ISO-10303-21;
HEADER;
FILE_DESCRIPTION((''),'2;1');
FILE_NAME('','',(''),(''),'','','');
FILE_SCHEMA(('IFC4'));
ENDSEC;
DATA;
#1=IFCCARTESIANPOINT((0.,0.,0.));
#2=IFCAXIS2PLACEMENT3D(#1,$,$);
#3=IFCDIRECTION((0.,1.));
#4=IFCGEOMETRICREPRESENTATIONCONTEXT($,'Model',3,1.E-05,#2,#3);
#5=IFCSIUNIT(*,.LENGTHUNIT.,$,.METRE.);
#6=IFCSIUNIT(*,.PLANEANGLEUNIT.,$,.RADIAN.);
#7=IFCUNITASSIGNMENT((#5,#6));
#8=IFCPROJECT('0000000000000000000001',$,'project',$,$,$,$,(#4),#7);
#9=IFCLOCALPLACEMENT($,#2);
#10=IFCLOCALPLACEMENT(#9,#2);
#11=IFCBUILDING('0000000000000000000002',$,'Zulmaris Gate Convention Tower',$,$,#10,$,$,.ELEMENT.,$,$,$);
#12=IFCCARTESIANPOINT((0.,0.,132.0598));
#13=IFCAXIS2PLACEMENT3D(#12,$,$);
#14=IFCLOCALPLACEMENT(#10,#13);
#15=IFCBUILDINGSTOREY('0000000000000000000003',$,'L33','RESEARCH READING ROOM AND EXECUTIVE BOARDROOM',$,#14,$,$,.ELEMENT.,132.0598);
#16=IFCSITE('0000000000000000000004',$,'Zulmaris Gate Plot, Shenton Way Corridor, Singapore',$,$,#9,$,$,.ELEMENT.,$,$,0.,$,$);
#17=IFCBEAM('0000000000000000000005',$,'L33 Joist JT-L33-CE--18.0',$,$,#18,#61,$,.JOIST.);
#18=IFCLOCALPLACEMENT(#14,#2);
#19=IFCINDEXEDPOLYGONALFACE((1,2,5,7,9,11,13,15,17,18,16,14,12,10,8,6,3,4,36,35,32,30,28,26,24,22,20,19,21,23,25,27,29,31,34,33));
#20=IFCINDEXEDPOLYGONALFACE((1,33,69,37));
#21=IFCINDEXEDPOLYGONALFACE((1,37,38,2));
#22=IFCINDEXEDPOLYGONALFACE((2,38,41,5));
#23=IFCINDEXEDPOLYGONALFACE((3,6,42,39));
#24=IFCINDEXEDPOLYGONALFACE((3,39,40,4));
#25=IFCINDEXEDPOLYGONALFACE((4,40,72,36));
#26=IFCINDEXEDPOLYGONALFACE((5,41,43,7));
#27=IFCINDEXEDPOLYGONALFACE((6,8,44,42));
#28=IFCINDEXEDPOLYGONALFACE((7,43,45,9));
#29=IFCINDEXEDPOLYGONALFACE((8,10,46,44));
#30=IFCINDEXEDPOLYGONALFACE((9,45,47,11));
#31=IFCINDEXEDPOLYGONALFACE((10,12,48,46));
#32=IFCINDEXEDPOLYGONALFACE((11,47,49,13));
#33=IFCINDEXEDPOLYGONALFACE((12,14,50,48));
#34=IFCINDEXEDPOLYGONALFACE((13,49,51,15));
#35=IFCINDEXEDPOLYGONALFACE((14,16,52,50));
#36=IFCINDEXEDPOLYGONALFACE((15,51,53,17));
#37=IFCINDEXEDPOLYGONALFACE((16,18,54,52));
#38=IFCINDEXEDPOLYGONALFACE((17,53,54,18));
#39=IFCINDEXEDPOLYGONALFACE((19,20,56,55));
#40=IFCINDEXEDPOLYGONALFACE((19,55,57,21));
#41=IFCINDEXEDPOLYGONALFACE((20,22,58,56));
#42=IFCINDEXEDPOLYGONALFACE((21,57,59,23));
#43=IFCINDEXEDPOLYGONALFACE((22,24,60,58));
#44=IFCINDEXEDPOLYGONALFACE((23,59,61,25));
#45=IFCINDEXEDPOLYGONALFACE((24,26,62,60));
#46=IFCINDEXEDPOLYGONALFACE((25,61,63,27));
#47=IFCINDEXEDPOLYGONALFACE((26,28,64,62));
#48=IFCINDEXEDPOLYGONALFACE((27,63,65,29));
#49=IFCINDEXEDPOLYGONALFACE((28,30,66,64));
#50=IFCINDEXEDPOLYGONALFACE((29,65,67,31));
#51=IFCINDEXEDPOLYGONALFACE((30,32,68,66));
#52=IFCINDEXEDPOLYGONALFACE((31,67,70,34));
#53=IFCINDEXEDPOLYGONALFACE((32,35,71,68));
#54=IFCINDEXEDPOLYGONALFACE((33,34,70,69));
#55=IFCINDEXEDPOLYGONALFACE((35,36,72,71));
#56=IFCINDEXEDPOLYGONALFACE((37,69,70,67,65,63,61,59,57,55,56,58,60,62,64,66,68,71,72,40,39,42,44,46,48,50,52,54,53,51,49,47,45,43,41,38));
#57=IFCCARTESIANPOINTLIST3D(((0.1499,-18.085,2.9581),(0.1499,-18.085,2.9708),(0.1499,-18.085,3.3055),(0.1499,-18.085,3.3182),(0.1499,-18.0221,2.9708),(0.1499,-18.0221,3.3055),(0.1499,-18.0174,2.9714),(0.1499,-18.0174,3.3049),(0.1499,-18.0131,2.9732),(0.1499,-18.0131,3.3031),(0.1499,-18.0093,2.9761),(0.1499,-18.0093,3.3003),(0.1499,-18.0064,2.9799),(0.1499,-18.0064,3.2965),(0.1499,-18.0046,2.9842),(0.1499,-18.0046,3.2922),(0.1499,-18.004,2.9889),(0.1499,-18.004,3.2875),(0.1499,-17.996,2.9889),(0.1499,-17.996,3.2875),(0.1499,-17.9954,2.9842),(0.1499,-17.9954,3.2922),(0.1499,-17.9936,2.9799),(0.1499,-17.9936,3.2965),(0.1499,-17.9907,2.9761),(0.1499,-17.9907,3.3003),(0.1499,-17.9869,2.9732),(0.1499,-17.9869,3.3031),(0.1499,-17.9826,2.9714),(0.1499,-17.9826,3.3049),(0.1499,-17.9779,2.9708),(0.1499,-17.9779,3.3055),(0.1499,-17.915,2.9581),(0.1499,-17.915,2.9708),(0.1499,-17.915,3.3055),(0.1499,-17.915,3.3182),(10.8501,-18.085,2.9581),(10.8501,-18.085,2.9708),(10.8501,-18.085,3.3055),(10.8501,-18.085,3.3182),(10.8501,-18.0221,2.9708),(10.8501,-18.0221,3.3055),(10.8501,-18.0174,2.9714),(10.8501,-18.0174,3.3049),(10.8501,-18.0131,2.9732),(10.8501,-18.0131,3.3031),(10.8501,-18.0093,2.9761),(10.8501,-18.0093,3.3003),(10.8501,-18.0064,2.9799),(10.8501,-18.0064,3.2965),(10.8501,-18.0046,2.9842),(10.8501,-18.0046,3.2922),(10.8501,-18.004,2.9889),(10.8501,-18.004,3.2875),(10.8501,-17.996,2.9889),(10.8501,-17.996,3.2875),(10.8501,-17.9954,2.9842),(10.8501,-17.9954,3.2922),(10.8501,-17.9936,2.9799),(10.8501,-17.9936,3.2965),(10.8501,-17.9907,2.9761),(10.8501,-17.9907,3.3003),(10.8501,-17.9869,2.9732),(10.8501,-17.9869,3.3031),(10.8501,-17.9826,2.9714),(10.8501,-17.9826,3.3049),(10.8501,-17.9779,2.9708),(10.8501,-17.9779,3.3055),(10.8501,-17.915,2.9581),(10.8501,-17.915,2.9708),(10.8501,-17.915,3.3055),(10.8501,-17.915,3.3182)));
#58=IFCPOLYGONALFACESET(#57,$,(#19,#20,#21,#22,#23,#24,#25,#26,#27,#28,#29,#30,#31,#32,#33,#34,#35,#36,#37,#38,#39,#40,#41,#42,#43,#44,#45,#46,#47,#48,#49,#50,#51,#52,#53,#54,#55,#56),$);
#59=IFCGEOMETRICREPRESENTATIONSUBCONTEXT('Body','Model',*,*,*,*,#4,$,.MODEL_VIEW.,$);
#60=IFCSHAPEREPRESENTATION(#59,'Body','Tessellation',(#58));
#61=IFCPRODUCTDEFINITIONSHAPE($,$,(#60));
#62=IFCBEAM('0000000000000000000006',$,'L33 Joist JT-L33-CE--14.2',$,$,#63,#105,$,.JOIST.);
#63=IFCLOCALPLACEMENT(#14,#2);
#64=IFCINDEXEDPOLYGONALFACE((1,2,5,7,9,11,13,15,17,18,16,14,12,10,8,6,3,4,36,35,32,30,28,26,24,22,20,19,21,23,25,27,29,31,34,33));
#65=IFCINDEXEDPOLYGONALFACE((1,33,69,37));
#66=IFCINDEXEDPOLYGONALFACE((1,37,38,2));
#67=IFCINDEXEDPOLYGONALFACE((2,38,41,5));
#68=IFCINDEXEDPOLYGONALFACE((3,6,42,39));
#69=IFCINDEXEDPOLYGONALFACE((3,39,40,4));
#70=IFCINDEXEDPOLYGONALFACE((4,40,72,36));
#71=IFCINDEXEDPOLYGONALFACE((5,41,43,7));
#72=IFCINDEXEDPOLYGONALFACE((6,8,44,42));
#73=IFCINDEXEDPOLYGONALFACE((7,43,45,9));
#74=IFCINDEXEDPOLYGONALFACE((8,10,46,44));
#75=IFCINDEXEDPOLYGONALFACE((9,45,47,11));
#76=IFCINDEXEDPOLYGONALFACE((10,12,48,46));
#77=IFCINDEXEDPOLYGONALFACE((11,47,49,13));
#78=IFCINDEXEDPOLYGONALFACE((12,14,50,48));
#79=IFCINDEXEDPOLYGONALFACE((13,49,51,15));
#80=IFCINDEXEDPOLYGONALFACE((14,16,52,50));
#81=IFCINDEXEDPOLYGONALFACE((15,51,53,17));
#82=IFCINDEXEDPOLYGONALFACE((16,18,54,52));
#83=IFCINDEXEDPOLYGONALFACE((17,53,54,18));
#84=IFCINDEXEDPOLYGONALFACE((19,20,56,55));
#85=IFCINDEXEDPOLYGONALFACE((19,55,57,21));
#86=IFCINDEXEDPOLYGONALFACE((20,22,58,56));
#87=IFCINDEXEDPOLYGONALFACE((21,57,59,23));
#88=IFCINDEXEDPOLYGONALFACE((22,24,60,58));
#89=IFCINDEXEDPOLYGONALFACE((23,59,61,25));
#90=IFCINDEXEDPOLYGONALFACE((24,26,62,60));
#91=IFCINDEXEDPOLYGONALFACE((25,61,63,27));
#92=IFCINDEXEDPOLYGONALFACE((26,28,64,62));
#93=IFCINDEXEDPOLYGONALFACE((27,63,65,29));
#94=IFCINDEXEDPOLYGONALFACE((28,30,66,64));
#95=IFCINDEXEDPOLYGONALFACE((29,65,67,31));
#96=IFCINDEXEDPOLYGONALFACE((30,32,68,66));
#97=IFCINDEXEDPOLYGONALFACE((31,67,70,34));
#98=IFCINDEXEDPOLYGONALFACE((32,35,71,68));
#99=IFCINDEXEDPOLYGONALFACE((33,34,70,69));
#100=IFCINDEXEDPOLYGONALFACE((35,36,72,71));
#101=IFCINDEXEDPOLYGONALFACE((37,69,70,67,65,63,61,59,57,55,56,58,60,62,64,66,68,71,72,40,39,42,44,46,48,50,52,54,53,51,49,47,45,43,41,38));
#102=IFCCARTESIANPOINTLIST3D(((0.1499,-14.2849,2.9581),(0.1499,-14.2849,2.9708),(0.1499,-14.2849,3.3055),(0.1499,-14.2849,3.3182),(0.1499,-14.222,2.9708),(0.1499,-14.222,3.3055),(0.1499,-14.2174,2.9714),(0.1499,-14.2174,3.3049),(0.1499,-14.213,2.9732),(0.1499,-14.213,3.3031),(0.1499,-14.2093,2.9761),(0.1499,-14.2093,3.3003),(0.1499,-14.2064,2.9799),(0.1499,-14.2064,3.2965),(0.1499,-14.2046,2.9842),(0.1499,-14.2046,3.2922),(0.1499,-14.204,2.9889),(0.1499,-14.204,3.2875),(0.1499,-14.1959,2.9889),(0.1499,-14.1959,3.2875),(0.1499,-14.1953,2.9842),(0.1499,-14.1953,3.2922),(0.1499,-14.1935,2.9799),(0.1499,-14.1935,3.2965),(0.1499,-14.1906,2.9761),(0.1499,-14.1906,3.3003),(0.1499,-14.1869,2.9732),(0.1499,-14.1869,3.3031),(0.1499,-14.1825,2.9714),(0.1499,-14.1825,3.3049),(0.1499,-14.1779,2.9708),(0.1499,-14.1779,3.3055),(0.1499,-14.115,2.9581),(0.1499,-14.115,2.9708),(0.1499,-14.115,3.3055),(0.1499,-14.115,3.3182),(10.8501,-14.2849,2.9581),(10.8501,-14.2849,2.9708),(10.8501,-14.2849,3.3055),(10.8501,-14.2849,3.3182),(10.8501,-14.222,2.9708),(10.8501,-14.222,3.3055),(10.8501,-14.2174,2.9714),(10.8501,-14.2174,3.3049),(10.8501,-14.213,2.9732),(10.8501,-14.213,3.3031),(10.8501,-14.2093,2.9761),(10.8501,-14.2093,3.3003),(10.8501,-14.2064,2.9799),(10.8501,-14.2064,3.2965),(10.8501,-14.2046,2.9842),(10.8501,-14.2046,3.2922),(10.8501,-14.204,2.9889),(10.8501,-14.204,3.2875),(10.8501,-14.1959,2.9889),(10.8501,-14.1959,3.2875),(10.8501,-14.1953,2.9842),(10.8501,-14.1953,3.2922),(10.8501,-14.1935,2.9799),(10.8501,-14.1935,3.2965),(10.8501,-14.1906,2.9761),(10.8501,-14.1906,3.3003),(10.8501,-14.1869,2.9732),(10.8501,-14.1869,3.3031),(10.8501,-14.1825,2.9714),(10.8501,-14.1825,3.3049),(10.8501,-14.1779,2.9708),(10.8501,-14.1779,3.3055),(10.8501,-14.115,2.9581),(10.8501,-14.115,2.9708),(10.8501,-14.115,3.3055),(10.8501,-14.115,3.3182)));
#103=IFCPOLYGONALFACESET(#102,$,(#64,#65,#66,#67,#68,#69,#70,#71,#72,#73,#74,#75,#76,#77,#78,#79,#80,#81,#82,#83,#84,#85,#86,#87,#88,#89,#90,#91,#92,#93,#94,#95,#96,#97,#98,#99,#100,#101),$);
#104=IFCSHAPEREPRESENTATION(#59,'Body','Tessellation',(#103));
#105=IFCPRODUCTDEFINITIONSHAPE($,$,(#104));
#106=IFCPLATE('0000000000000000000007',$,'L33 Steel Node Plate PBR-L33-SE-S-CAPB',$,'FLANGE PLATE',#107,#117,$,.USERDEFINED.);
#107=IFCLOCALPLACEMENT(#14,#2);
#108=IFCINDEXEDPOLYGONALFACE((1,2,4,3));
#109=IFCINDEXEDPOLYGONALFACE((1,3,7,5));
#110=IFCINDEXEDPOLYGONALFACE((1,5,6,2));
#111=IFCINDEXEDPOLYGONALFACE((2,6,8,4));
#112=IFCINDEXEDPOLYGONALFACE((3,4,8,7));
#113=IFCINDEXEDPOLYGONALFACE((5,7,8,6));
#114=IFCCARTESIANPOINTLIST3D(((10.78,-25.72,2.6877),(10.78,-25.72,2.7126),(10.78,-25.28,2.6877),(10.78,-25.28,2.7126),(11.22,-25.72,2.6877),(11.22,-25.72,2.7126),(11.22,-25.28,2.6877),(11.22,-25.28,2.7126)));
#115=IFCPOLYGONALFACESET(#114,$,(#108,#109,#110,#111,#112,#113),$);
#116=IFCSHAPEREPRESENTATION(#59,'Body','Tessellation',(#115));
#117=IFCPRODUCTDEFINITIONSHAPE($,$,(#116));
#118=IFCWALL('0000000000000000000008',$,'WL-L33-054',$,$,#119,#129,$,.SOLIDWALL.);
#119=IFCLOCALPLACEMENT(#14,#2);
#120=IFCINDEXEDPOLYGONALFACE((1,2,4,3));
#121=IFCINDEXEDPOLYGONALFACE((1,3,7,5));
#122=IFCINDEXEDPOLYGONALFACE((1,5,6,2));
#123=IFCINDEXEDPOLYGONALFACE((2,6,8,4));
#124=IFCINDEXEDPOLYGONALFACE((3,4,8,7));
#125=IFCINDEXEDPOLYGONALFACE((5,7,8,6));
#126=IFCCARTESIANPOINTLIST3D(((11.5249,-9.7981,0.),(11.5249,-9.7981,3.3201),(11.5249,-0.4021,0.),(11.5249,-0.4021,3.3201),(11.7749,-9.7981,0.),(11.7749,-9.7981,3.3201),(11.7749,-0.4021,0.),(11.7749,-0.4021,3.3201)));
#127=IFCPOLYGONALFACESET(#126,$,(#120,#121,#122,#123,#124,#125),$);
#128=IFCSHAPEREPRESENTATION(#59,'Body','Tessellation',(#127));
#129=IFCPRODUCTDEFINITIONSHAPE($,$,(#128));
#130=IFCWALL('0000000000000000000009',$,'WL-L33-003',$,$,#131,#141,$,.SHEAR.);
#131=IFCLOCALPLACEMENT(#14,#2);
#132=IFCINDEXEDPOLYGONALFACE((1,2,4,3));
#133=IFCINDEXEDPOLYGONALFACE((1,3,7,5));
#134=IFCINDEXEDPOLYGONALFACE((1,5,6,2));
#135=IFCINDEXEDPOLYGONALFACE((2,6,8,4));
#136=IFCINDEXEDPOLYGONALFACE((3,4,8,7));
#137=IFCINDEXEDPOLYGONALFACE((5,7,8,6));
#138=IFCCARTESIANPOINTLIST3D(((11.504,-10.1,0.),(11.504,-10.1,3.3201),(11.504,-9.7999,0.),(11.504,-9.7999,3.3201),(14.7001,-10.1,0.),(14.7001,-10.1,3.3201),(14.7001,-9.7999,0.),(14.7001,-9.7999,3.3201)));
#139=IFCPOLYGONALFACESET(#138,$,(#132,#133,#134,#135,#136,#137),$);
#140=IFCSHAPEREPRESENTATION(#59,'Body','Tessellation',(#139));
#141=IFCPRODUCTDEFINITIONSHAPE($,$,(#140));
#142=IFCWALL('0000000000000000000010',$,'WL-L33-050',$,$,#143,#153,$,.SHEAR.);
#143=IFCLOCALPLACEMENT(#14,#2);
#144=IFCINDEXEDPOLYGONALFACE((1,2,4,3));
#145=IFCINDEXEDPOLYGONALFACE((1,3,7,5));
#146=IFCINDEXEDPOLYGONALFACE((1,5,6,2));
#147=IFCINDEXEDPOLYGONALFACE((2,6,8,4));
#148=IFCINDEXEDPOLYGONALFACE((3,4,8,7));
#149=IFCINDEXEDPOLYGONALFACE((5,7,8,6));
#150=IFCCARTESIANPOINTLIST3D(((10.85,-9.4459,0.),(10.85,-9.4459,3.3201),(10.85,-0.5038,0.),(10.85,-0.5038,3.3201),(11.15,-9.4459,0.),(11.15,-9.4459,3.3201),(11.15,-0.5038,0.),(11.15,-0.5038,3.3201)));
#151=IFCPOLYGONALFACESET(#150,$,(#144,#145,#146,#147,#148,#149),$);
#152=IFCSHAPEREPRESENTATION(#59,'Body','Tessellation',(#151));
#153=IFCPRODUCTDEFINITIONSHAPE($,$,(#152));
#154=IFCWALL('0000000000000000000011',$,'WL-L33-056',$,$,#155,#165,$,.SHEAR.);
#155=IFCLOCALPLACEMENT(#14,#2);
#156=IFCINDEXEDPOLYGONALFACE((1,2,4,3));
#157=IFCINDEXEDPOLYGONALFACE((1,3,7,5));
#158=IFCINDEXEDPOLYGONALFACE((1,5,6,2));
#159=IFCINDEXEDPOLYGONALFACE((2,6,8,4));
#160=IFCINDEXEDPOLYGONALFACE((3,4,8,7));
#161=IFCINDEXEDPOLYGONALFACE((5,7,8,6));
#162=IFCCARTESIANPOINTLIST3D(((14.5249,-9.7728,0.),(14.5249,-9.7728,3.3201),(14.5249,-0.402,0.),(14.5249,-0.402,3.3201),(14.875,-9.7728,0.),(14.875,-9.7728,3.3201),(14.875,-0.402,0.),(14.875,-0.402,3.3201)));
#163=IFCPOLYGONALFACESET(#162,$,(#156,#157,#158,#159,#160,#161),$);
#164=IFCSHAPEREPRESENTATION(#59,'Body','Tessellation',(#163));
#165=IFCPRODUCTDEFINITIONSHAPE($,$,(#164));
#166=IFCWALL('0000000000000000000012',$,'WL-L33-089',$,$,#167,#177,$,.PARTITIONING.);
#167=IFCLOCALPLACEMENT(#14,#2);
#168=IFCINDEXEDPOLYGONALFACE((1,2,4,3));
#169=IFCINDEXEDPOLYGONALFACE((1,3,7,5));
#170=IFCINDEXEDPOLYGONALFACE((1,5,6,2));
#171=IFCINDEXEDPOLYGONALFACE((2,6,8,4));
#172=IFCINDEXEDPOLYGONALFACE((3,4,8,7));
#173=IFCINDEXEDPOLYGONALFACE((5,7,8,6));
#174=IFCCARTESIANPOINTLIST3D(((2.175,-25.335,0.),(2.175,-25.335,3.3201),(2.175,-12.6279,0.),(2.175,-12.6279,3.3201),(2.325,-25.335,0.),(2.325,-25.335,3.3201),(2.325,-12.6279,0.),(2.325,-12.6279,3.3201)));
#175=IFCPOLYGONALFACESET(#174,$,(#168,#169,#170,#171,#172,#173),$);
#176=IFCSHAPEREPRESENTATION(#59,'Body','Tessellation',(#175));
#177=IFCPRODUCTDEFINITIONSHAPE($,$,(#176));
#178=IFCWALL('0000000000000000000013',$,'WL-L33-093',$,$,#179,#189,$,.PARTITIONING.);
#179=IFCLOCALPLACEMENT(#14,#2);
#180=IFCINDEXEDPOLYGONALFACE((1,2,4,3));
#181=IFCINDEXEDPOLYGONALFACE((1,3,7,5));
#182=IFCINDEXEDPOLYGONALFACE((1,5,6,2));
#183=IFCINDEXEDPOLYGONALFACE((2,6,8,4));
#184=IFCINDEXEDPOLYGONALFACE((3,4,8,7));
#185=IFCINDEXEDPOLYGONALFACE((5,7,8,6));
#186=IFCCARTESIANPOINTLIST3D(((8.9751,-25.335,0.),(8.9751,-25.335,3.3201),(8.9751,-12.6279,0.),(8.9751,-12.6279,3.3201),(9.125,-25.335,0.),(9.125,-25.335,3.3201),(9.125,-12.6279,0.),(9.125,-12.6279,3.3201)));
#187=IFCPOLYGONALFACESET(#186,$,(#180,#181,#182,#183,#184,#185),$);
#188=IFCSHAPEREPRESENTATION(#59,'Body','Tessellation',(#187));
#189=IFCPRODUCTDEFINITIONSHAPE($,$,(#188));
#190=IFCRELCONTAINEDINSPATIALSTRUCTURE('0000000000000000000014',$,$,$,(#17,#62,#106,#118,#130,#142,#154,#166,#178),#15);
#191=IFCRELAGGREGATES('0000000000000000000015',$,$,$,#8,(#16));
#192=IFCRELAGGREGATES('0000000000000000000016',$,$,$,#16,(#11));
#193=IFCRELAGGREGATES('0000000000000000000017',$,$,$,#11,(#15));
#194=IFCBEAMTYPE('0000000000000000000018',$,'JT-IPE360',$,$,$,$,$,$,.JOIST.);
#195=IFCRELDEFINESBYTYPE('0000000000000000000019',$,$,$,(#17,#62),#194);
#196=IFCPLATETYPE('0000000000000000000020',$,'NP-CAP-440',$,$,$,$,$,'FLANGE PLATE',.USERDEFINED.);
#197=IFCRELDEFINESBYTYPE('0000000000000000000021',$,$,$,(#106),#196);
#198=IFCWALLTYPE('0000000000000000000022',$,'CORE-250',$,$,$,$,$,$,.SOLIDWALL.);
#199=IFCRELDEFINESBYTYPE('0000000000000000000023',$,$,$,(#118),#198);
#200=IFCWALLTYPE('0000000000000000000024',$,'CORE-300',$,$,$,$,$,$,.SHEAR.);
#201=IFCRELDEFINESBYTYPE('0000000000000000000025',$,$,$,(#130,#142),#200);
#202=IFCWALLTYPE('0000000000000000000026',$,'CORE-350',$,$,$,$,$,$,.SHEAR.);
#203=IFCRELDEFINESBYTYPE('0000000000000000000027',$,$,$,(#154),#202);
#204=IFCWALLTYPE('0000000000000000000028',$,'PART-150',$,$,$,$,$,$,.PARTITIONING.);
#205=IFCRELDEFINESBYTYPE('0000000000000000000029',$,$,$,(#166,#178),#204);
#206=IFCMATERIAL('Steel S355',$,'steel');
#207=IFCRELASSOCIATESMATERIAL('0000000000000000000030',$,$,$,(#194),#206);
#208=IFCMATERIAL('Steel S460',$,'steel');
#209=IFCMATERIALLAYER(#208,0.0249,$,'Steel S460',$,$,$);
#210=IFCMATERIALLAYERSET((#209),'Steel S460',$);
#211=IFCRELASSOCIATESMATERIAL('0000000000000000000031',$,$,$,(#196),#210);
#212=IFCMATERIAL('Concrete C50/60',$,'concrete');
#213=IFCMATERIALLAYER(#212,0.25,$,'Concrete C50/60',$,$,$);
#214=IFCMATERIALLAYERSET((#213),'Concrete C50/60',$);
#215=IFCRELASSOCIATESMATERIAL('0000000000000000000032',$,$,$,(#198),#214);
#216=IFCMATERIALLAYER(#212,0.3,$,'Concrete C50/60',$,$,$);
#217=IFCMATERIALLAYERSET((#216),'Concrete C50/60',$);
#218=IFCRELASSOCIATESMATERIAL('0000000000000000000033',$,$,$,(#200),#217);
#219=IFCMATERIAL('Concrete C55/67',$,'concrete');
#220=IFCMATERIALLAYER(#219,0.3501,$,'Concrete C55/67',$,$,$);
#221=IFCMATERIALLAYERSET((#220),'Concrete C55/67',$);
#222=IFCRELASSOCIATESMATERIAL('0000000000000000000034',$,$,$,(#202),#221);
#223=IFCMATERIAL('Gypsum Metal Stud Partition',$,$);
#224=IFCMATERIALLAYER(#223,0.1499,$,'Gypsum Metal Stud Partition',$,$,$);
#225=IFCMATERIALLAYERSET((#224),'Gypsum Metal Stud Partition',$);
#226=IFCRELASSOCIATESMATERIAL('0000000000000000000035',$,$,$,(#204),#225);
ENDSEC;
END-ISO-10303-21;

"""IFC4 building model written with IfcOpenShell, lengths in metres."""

from ifc_helpers import new_model, si_unit, direction, frame, frame_2d, origin, origin_2d, place, context, subcontext, project, spatial, rectangle, i_section, extrude, material, layer, layer_set, material_profile, profile_set, type_object, element, save


model = new_model("IFC4")

# Units and contexts
model_context = context("Model", 3, precision=1e-05, world=origin(), true_north=direction((0.0, 1.0)))
body_context = subcontext(model_context, "Body", "Model", "MODEL_VIEW")
ifc_project = project(units=[si_unit("LENGTHUNIT", "METRE"), si_unit("PLANEANGLEUNIT", "RADIAN")], contexts=[model_context])

# Site, building, storey
site_placement = place(None, origin())
site = spatial("IfcSite", under=ifc_project, at=site_placement, Name="Zulmaris Gate Plot, Shenton Way Corridor, Singapore", CompositionType="ELEMENT", RefElevation=0.0)
building_placement = place(site_placement, origin())
building = spatial("IfcBuilding", under=site, at=building_placement, Name="Zulmaris Gate Convention Tower", CompositionType="ELEMENT")
storey_placement = place(building_placement, frame((0.0, 0.0, 132.0598)))
storey = spatial("IfcBuildingStorey", under=building, at=storey_placement, Name="L33", Description="RESEARCH READING ROOM AND EXECUTIVE BOARDROOM", CompositionType="ELEMENT", Elevation=132.0598)

# Beams
ifc_material_1 = material(Name="Steel S355", Category="steel")
ifc_material_profile_1 = material_profile(ifc_material_1, i_section(OverallWidth=0.1699, OverallDepth=0.3601, WebThickness=0.0081, FlangeThickness=0.0127, FilletRadius=0.0181, at=origin_2d()), Name="IPE 360")
ifc_profile_set_1 = profile_set([ifc_material_profile_1], Name="Steel S355")
beam_type_1 = type_object("IfcBeamType", Name="JT-IPE360", PredefinedType="JOIST", material=ifc_profile_set_1)
for number, where, z_axis, x_axis, name in (
    (1, (0.1499, -18.0, 3.1382), (1.0, 0.0, 0.0), (0.0, 1.0, 0.0), "L33 Joist JT-L33-CE--18.0"),
    (2, (0.1499, -14.2, 3.1382), (1.0, 0.0, 0.0), (0.0, 1.0, 0.0), "L33 Joist JT-L33-CE--14.2"),
):
    element("IfcBeam", number, at=place(storey_placement, frame(where, z_axis=z_axis, x_axis=x_axis)), inside=storey, type_object=beam_type_1, Name=name, PredefinedType="JOIST", context=body_context, shape_type="SweptSolid", body=[
        extrude(i_section(OverallWidth=0.1699, OverallDepth=0.3601, WebThickness=0.0081, FlangeThickness=0.0127, FilletRadius=0.0181, at=origin_2d()), origin(), (0.0, 0.0, 1.0), 10.7002),
    ])

# Plate
ifc_material_2 = material(Name="Steel S460", Category="steel")
ifc_layer_1 = layer(ifc_material_2, 0.0249, Name="Steel S460")
ifc_layer_set_1 = layer_set([ifc_layer_1], Name="Steel S460")
plate_type = type_object("IfcPlateType", Name="NP-CAP-440", ElementType="FLANGE PLATE", PredefinedType="USERDEFINED", material=ifc_layer_set_1)
plate_placement = place(storey_placement, frame((11.0, -25.5, 2.6877), z_axis=(0.0, 0.0, 1.0), x_axis=(1.0, 0.0, 0.0)))
element("IfcPlate", 3, at=plate_placement, inside=storey, type_object=plate_type, Name="L33 Steel Node Plate PBR-L33-SE-S-CAPB", ObjectType="FLANGE PLATE", PredefinedType="USERDEFINED", context=body_context, shape_type="SweptSolid", body=[
    extrude(rectangle(XDim=0.4399, YDim=0.4399, at=origin_2d()), origin(), (0.0, 0.0, 1.0), 0.0249),
])

# Walls
ifc_material_3 = material(Name="Concrete C50/60", Category="concrete")
ifc_layer_2 = layer(ifc_material_3, 0.25, Name="Concrete C50/60")
ifc_layer_set_2 = layer_set([ifc_layer_2], Name="Concrete C50/60")
wall_type_1 = type_object("IfcWallType", Name="CORE-250", PredefinedType="SOLIDWALL", material=ifc_layer_set_2)
wall_1_placement = place(storey_placement, frame((11.6499, -9.7981, 0.0), z_axis=(0.0, 0.0, 1.0), x_axis=(0.0, 1.0, 0.0)))
element("IfcWall", 4, at=wall_1_placement, inside=storey, type_object=wall_type_1, Name="WL-L33-054", PredefinedType="SOLIDWALL", context=body_context, shape_type="SweptSolid", body=[
    extrude(rectangle(XDim=9.396, YDim=0.25, at=frame_2d((4.698, 0.0))), origin(), (0.0, 0.0, 1.0), 3.3201),
])
ifc_layer_3 = layer(ifc_material_3, 0.3, Name="Concrete C50/60")
ifc_layer_set_3 = layer_set([ifc_layer_3], Name="Concrete C50/60")
wall_type_2 = type_object("IfcWallType", Name="CORE-300", PredefinedType="SHEAR", material=ifc_layer_set_3)
wall_2_placement = place(storey_placement, frame((11.5039, -9.95, 0.0), z_axis=(0.0, 0.0, 1.0), x_axis=(1.0, 0.0, 0.0)))
element("IfcWall", 5, at=wall_2_placement, inside=storey, type_object=wall_type_2, Name="WL-L33-003", PredefinedType="SHEAR", context=body_context, shape_type="SweptSolid", body=[
    extrude(rectangle(XDim=3.196, YDim=0.3, at=frame_2d((1.5981, 0.0))), origin(), (0.0, 0.0, 1.0), 3.3201),
])
wall_3_placement = place(storey_placement, frame((11.0, -9.446, 0.0), z_axis=(0.0, 0.0, 1.0), x_axis=(0.0, 1.0, 0.0)))
element("IfcWall", 6, at=wall_3_placement, inside=storey, type_object=wall_type_2, Name="WL-L33-050", PredefinedType="SHEAR", context=body_context, shape_type="SweptSolid", body=[
    extrude(rectangle(XDim=8.9421, YDim=0.3, at=frame_2d((4.4712, 0.0))), origin(), (0.0, 0.0, 1.0), 3.3201),
])

# Shared definitions
ifc_material_4 = material(Name="Concrete C55/67", Category="concrete")
ifc_layer_4 = layer(ifc_material_4, 0.3501, Name="Concrete C55/67")
ifc_layer_set_4 = layer_set([ifc_layer_4], Name="Concrete C55/67")
wall_type_3 = type_object("IfcWallType", Name="CORE-350", PredefinedType="SHEAR", material=ifc_layer_set_4)

# Walls
wall_4_placement = place(storey_placement, frame((14.7, -9.7729, 0.0), z_axis=(0.0, 0.0, 1.0), x_axis=(0.0, 1.0, 0.0)))
element("IfcWall", 7, at=wall_4_placement, inside=storey, type_object=wall_type_3, Name="WL-L33-056", PredefinedType="SHEAR", context=body_context, shape_type="SweptSolid", body=[
    extrude(rectangle(XDim=9.3708, YDim=0.3501, at=frame_2d((4.6855, 0.0))), origin(), (0.0, 0.0, 1.0), 3.3201),
])
ifc_material_5 = material(Name="Gypsum Metal Stud Partition")
ifc_layer_5 = layer(ifc_material_5, 0.1499, Name="Gypsum Metal Stud Partition")
ifc_layer_set_5 = layer_set([ifc_layer_5], Name="Gypsum Metal Stud Partition")
wall_type_4 = type_object("IfcWallType", Name="PART-150", PredefinedType="PARTITIONING", material=ifc_layer_set_5)
for number, where, z_axis, x_axis, name in (
    (8, (2.25, -25.335, 0.0), (0.0, 0.0, 1.0), (0.0, 1.0, 0.0), "WL-L33-089"),
    (9, (9.05, -25.335, 0.0), (0.0, 0.0, 1.0), (0.0, 1.0, 0.0), "WL-L33-093"),
):
    element("IfcWall", number, at=place(storey_placement, frame(where, z_axis=z_axis, x_axis=x_axis)), inside=storey, type_object=wall_type_4, Name=name, PredefinedType="PARTITIONING", context=body_context, shape_type="SweptSolid", body=[
        extrude(rectangle(XDim=12.707, YDim=0.1499, at=frame_2d((6.3535, 0.0))), origin(), (0.0, 0.0, 1.0), 3.3201),
    ])

save(model, "model.ifc")
